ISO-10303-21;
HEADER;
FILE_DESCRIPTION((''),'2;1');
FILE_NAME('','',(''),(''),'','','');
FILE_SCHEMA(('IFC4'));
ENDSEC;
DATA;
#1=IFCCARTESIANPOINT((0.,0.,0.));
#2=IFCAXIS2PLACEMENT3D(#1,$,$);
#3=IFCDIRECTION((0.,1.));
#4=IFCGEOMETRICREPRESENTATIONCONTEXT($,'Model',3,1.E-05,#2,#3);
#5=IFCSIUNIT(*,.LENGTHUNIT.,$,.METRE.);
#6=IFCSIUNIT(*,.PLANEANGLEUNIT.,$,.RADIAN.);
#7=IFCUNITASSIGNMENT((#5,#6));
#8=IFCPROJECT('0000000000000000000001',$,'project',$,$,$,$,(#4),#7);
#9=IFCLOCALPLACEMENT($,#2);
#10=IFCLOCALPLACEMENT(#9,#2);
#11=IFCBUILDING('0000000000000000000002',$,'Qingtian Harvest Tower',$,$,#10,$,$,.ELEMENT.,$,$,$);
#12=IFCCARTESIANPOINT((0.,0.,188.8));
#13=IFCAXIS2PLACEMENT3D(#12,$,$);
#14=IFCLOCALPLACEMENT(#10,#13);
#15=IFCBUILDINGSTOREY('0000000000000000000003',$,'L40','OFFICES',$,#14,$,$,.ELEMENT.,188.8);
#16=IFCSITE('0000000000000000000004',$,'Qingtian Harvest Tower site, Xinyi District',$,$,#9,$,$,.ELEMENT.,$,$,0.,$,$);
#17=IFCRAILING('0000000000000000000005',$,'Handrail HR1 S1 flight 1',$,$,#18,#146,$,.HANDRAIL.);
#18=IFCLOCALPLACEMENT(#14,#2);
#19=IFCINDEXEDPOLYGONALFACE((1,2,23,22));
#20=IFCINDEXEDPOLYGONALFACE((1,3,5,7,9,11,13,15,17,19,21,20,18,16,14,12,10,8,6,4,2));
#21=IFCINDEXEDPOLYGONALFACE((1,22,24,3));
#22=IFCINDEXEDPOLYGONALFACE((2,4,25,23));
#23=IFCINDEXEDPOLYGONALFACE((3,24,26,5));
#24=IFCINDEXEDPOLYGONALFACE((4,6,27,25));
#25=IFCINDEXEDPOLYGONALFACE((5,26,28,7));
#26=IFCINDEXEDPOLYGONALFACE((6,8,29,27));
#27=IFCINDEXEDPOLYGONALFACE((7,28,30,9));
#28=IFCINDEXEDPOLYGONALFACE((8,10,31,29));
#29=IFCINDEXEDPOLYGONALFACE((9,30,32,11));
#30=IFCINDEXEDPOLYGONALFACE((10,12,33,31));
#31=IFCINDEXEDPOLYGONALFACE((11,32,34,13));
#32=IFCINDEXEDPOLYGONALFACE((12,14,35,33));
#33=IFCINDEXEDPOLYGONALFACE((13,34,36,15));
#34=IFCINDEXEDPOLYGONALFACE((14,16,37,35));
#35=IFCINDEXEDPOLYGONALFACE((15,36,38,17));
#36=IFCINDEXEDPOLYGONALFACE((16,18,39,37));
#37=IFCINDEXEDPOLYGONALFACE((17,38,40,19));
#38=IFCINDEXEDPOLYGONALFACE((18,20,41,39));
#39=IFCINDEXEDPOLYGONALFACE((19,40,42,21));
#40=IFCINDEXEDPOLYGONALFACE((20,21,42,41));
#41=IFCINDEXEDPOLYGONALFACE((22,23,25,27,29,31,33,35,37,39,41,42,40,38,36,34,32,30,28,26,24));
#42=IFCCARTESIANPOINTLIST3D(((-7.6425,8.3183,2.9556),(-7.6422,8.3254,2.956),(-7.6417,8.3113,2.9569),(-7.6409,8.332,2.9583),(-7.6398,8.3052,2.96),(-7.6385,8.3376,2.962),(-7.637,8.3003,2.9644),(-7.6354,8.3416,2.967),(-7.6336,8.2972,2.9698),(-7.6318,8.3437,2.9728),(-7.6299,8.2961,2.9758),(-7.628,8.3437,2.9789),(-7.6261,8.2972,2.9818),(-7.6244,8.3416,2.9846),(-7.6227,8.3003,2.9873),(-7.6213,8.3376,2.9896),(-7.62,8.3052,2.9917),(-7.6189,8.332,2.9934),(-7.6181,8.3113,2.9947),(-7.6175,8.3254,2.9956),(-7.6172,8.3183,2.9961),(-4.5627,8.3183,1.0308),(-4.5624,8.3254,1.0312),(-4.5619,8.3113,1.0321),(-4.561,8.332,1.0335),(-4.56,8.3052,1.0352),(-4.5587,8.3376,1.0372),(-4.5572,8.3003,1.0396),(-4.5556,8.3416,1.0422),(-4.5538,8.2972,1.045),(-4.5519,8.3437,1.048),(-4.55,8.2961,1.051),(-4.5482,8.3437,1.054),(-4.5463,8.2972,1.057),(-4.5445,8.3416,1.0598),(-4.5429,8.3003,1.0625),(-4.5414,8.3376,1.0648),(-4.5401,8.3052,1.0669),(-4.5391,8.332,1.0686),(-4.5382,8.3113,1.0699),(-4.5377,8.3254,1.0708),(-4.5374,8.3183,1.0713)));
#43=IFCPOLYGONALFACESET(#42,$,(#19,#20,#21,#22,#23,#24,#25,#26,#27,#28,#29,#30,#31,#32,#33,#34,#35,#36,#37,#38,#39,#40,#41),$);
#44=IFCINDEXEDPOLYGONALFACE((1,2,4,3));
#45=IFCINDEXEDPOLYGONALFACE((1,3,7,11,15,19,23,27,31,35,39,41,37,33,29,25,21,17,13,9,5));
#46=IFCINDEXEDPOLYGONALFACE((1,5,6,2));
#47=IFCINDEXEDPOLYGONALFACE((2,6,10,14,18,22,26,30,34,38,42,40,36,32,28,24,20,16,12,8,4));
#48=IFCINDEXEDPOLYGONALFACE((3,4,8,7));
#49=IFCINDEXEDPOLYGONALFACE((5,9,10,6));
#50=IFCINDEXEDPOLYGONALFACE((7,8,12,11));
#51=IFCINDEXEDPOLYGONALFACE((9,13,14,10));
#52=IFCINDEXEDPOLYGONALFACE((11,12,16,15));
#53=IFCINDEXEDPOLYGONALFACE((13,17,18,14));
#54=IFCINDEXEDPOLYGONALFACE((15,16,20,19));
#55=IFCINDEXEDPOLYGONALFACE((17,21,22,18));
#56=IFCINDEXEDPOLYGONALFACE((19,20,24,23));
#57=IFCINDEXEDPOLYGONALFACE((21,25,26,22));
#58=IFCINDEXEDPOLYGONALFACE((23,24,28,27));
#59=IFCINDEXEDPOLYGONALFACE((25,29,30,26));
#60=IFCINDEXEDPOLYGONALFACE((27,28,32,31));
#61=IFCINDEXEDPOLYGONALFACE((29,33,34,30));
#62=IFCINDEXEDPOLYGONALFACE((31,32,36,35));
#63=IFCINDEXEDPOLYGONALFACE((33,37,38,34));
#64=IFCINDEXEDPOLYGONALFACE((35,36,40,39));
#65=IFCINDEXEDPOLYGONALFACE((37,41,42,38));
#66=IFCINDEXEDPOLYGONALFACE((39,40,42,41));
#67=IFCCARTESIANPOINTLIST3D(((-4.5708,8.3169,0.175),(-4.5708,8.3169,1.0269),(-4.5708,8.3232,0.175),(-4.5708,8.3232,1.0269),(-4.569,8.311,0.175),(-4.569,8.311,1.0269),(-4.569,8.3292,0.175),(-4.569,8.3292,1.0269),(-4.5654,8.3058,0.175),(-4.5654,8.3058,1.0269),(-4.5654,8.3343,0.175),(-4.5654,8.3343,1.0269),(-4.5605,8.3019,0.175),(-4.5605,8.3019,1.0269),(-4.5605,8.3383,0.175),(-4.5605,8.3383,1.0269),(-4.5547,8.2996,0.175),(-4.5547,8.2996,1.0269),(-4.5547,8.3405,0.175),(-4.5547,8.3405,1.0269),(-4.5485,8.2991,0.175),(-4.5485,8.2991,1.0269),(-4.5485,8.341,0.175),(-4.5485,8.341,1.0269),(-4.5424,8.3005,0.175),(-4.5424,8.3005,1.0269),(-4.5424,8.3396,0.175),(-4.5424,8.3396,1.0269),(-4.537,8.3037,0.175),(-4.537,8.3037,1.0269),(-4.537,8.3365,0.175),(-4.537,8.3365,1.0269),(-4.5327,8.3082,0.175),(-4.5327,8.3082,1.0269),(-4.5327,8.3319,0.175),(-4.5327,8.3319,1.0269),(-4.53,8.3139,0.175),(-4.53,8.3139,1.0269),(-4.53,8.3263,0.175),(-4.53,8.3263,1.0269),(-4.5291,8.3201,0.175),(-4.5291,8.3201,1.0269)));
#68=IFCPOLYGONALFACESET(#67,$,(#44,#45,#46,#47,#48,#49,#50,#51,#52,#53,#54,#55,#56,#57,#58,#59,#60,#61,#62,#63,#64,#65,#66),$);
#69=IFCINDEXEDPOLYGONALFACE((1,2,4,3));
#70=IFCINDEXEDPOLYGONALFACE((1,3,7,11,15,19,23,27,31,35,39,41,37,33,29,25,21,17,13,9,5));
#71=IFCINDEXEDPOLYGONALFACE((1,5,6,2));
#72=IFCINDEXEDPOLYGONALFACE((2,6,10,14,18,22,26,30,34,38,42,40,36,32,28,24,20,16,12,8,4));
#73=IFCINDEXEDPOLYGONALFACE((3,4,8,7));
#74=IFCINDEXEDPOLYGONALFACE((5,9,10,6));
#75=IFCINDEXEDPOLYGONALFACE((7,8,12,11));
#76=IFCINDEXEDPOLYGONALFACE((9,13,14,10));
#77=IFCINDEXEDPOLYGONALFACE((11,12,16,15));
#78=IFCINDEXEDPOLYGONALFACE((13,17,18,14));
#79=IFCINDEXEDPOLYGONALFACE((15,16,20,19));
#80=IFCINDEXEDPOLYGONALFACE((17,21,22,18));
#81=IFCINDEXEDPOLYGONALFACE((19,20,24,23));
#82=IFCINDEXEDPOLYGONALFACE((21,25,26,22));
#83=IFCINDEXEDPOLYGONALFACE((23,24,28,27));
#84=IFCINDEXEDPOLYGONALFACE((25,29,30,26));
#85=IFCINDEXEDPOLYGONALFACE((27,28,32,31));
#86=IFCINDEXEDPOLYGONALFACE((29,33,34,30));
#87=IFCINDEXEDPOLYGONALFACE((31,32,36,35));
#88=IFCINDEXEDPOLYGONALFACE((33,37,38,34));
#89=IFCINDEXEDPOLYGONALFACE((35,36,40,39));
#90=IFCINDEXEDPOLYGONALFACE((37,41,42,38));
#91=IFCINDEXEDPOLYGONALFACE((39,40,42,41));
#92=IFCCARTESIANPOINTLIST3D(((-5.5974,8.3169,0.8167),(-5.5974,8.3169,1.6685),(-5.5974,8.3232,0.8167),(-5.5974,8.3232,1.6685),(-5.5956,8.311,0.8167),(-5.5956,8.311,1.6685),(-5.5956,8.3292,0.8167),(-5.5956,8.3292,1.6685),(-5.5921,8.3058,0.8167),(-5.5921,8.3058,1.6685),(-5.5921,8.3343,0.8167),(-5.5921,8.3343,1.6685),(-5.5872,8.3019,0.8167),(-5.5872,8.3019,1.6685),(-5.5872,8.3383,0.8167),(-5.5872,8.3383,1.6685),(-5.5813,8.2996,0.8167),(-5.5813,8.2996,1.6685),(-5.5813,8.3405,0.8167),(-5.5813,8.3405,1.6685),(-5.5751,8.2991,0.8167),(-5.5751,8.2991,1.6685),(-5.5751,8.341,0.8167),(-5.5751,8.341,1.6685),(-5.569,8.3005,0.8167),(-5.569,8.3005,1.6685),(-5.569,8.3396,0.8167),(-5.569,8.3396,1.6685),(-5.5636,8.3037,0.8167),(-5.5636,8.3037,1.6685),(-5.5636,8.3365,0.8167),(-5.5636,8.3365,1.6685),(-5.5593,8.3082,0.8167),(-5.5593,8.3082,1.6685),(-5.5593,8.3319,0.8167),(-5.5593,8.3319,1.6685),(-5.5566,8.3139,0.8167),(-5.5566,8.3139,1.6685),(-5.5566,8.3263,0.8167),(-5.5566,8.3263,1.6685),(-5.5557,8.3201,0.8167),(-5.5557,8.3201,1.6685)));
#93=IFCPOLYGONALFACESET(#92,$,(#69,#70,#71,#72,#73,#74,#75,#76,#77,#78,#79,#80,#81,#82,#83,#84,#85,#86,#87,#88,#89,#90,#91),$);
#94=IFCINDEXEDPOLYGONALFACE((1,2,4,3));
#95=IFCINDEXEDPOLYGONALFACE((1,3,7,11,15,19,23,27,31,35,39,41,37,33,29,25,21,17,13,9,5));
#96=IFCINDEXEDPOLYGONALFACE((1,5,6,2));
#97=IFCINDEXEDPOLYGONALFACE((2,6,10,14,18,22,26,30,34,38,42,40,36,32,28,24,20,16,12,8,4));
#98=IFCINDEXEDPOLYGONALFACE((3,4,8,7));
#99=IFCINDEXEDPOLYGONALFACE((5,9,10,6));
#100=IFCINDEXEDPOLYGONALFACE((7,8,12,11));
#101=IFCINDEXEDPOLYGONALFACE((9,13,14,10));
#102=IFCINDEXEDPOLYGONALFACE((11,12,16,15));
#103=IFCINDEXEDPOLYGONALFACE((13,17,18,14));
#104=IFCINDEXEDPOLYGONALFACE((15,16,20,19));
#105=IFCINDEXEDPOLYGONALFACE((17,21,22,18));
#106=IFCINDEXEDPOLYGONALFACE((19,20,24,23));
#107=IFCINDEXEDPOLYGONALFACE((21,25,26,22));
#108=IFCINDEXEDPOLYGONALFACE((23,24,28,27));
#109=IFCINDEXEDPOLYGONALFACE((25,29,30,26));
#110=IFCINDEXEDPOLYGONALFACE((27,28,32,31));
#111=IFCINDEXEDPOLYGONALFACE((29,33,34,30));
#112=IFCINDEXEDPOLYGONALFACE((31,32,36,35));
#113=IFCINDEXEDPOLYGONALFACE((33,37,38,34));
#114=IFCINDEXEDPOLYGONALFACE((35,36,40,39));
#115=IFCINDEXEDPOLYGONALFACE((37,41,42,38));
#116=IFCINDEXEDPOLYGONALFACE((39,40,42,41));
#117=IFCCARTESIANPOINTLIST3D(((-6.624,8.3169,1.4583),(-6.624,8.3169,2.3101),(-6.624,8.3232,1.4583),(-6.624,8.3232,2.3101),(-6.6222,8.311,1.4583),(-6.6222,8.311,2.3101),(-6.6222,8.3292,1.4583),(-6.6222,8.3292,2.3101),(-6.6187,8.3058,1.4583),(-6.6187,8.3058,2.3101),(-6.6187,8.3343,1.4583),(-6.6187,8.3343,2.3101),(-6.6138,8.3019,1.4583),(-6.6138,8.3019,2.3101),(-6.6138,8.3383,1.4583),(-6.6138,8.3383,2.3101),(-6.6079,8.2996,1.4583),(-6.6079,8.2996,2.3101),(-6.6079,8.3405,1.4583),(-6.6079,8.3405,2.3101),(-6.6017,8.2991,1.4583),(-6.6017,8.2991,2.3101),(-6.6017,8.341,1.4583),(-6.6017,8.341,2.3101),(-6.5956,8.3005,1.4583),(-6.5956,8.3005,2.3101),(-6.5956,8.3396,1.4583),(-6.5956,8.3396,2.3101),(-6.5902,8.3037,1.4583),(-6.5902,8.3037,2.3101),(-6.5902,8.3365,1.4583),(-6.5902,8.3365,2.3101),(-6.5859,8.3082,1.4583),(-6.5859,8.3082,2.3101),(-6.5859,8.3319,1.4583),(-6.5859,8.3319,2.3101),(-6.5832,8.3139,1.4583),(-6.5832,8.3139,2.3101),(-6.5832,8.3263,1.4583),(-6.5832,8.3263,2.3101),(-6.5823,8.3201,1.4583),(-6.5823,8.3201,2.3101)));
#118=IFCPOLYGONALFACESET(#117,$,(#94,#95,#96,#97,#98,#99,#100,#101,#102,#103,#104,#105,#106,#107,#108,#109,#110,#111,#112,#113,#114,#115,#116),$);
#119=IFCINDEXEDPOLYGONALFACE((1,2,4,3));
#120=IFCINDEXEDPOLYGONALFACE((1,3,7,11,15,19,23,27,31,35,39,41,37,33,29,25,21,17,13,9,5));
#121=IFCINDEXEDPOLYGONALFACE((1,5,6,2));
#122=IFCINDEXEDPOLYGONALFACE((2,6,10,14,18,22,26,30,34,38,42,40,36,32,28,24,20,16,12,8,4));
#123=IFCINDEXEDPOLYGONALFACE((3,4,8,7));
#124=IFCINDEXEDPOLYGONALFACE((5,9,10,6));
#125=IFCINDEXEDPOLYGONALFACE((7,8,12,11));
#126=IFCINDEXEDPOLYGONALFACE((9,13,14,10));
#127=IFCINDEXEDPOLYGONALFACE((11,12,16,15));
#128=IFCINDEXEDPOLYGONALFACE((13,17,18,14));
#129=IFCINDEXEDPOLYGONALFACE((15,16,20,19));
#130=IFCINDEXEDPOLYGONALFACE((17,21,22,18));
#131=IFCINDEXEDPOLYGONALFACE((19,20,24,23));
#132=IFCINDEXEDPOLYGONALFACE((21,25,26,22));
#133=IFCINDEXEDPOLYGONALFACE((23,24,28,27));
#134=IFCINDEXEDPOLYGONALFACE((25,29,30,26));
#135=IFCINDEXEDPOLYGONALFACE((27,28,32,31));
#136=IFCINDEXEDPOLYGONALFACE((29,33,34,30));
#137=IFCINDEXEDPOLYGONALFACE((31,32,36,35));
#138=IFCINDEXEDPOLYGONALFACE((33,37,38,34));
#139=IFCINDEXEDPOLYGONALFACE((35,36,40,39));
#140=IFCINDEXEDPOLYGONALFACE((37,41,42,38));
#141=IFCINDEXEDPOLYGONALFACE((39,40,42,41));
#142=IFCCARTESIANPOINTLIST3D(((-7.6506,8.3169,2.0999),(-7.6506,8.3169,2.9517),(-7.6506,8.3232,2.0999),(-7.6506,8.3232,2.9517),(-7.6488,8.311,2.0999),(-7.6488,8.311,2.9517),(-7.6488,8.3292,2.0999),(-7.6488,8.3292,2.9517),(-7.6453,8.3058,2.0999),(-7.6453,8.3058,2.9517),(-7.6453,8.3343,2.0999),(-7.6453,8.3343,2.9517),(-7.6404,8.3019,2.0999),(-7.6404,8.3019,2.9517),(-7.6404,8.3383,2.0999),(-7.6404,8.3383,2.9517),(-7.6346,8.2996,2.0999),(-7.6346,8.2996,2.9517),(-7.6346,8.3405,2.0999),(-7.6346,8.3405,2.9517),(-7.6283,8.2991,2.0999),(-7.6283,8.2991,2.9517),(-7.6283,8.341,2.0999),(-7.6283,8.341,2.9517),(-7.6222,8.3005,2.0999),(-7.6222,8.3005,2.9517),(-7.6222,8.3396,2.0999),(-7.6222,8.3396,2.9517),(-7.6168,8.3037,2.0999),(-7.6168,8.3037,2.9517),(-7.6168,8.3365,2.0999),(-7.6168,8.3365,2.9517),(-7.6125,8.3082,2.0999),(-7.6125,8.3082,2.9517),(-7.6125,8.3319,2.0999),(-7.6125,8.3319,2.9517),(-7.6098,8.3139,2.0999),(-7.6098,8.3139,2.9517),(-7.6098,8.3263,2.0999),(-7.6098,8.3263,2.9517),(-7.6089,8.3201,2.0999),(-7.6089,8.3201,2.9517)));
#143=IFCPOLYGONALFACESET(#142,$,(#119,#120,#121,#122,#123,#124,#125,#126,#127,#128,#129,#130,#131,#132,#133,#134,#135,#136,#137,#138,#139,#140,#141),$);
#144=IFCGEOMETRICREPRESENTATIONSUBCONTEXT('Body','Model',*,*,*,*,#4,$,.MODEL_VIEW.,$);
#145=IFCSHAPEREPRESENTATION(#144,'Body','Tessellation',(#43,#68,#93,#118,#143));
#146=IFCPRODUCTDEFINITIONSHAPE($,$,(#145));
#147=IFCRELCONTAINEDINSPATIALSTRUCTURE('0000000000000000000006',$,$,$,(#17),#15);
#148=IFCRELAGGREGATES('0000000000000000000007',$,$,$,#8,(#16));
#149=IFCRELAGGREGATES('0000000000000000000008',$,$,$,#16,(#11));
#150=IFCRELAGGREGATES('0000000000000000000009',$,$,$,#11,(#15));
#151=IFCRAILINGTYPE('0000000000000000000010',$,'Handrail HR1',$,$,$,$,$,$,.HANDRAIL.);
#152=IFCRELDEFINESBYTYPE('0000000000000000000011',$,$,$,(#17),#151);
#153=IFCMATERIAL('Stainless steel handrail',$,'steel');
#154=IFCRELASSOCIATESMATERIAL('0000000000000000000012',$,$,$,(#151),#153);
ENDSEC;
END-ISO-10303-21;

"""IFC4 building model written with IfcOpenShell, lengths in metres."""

from ifc_helpers import new_model, si_unit, direction, frame, origin, origin_2d, place, context, subcontext, project, spatial, circle, extrude, material, type_object, element, save


model = new_model("IFC4")

# Units and contexts
model_context = context("Model", 3, precision=1e-05, world=origin(), true_north=direction((0.0, 1.0)))
body_context = subcontext(model_context, "Body", "Model", "MODEL_VIEW")
ifc_project = project(units=[si_unit("LENGTHUNIT", "METRE"), si_unit("PLANEANGLEUNIT", "RADIAN")], contexts=[model_context])

# Site, building, storey
site_placement = place(None, origin())
site = spatial("IfcSite", under=ifc_project, at=site_placement, Name="Qingtian Harvest Tower site, Xinyi District", CompositionType="ELEMENT", RefElevation=0.0)
building_placement = place(site_placement, origin())
building = spatial("IfcBuilding", under=site, at=building_placement, Name="Qingtian Harvest Tower", CompositionType="ELEMENT")
storey_placement = place(building_placement, frame((0.0, 0.0, 188.8)))
storey = spatial("IfcBuildingStorey", under=building, at=storey_placement, Name="L40", Description="OFFICES", CompositionType="ELEMENT", Elevation=188.8)

# Railing
ifc_material_1 = material(Name="Stainless steel handrail", Category="steel")
railing_type = type_object("IfcRailingType", Name="Handrail HR1", PredefinedType="HANDRAIL", material=ifc_material_1)
railing_1_placement = place(storey_placement, frame((-4.55, 8.3201, 0.175)))
element("IfcRailing", 1, at=railing_1_placement, inside=storey, type_object=railing_type, Name="Handrail HR1 S1 flight 1", PredefinedType="HANDRAIL", context=body_context, shape_type="SweptSolid", body=[
    extrude(circle(Radius=0.0239, at=origin_2d()), frame((0.0, 0.0, 0.876), z_axis=(-0.84801, 0.0, 0.529981), x_axis=(0.0, -1.0, 0.0)), (0.0, 0.0, 1.0), 3.6318),
    extrude(circle(Radius=0.021, at=origin_2d()), origin(), (0.0, 0.0, 1.0), 0.8518),
    extrude(circle(Radius=0.021, at=origin_2d()), frame((-1.0266, 0.0, 0.6416)), (0.0, 0.0, 1.0), 0.8518),
    extrude(circle(Radius=0.021, at=origin_2d()), frame((-2.0532, 0.0, 1.2832)), (0.0, 0.0, 1.0), 0.8518),
    extrude(circle(Radius=0.021, at=origin_2d()), frame((-3.0798, 0.0, 1.9248)), (0.0, 0.0, 1.0), 0.8518),
])

save(model, "model.ifc")
